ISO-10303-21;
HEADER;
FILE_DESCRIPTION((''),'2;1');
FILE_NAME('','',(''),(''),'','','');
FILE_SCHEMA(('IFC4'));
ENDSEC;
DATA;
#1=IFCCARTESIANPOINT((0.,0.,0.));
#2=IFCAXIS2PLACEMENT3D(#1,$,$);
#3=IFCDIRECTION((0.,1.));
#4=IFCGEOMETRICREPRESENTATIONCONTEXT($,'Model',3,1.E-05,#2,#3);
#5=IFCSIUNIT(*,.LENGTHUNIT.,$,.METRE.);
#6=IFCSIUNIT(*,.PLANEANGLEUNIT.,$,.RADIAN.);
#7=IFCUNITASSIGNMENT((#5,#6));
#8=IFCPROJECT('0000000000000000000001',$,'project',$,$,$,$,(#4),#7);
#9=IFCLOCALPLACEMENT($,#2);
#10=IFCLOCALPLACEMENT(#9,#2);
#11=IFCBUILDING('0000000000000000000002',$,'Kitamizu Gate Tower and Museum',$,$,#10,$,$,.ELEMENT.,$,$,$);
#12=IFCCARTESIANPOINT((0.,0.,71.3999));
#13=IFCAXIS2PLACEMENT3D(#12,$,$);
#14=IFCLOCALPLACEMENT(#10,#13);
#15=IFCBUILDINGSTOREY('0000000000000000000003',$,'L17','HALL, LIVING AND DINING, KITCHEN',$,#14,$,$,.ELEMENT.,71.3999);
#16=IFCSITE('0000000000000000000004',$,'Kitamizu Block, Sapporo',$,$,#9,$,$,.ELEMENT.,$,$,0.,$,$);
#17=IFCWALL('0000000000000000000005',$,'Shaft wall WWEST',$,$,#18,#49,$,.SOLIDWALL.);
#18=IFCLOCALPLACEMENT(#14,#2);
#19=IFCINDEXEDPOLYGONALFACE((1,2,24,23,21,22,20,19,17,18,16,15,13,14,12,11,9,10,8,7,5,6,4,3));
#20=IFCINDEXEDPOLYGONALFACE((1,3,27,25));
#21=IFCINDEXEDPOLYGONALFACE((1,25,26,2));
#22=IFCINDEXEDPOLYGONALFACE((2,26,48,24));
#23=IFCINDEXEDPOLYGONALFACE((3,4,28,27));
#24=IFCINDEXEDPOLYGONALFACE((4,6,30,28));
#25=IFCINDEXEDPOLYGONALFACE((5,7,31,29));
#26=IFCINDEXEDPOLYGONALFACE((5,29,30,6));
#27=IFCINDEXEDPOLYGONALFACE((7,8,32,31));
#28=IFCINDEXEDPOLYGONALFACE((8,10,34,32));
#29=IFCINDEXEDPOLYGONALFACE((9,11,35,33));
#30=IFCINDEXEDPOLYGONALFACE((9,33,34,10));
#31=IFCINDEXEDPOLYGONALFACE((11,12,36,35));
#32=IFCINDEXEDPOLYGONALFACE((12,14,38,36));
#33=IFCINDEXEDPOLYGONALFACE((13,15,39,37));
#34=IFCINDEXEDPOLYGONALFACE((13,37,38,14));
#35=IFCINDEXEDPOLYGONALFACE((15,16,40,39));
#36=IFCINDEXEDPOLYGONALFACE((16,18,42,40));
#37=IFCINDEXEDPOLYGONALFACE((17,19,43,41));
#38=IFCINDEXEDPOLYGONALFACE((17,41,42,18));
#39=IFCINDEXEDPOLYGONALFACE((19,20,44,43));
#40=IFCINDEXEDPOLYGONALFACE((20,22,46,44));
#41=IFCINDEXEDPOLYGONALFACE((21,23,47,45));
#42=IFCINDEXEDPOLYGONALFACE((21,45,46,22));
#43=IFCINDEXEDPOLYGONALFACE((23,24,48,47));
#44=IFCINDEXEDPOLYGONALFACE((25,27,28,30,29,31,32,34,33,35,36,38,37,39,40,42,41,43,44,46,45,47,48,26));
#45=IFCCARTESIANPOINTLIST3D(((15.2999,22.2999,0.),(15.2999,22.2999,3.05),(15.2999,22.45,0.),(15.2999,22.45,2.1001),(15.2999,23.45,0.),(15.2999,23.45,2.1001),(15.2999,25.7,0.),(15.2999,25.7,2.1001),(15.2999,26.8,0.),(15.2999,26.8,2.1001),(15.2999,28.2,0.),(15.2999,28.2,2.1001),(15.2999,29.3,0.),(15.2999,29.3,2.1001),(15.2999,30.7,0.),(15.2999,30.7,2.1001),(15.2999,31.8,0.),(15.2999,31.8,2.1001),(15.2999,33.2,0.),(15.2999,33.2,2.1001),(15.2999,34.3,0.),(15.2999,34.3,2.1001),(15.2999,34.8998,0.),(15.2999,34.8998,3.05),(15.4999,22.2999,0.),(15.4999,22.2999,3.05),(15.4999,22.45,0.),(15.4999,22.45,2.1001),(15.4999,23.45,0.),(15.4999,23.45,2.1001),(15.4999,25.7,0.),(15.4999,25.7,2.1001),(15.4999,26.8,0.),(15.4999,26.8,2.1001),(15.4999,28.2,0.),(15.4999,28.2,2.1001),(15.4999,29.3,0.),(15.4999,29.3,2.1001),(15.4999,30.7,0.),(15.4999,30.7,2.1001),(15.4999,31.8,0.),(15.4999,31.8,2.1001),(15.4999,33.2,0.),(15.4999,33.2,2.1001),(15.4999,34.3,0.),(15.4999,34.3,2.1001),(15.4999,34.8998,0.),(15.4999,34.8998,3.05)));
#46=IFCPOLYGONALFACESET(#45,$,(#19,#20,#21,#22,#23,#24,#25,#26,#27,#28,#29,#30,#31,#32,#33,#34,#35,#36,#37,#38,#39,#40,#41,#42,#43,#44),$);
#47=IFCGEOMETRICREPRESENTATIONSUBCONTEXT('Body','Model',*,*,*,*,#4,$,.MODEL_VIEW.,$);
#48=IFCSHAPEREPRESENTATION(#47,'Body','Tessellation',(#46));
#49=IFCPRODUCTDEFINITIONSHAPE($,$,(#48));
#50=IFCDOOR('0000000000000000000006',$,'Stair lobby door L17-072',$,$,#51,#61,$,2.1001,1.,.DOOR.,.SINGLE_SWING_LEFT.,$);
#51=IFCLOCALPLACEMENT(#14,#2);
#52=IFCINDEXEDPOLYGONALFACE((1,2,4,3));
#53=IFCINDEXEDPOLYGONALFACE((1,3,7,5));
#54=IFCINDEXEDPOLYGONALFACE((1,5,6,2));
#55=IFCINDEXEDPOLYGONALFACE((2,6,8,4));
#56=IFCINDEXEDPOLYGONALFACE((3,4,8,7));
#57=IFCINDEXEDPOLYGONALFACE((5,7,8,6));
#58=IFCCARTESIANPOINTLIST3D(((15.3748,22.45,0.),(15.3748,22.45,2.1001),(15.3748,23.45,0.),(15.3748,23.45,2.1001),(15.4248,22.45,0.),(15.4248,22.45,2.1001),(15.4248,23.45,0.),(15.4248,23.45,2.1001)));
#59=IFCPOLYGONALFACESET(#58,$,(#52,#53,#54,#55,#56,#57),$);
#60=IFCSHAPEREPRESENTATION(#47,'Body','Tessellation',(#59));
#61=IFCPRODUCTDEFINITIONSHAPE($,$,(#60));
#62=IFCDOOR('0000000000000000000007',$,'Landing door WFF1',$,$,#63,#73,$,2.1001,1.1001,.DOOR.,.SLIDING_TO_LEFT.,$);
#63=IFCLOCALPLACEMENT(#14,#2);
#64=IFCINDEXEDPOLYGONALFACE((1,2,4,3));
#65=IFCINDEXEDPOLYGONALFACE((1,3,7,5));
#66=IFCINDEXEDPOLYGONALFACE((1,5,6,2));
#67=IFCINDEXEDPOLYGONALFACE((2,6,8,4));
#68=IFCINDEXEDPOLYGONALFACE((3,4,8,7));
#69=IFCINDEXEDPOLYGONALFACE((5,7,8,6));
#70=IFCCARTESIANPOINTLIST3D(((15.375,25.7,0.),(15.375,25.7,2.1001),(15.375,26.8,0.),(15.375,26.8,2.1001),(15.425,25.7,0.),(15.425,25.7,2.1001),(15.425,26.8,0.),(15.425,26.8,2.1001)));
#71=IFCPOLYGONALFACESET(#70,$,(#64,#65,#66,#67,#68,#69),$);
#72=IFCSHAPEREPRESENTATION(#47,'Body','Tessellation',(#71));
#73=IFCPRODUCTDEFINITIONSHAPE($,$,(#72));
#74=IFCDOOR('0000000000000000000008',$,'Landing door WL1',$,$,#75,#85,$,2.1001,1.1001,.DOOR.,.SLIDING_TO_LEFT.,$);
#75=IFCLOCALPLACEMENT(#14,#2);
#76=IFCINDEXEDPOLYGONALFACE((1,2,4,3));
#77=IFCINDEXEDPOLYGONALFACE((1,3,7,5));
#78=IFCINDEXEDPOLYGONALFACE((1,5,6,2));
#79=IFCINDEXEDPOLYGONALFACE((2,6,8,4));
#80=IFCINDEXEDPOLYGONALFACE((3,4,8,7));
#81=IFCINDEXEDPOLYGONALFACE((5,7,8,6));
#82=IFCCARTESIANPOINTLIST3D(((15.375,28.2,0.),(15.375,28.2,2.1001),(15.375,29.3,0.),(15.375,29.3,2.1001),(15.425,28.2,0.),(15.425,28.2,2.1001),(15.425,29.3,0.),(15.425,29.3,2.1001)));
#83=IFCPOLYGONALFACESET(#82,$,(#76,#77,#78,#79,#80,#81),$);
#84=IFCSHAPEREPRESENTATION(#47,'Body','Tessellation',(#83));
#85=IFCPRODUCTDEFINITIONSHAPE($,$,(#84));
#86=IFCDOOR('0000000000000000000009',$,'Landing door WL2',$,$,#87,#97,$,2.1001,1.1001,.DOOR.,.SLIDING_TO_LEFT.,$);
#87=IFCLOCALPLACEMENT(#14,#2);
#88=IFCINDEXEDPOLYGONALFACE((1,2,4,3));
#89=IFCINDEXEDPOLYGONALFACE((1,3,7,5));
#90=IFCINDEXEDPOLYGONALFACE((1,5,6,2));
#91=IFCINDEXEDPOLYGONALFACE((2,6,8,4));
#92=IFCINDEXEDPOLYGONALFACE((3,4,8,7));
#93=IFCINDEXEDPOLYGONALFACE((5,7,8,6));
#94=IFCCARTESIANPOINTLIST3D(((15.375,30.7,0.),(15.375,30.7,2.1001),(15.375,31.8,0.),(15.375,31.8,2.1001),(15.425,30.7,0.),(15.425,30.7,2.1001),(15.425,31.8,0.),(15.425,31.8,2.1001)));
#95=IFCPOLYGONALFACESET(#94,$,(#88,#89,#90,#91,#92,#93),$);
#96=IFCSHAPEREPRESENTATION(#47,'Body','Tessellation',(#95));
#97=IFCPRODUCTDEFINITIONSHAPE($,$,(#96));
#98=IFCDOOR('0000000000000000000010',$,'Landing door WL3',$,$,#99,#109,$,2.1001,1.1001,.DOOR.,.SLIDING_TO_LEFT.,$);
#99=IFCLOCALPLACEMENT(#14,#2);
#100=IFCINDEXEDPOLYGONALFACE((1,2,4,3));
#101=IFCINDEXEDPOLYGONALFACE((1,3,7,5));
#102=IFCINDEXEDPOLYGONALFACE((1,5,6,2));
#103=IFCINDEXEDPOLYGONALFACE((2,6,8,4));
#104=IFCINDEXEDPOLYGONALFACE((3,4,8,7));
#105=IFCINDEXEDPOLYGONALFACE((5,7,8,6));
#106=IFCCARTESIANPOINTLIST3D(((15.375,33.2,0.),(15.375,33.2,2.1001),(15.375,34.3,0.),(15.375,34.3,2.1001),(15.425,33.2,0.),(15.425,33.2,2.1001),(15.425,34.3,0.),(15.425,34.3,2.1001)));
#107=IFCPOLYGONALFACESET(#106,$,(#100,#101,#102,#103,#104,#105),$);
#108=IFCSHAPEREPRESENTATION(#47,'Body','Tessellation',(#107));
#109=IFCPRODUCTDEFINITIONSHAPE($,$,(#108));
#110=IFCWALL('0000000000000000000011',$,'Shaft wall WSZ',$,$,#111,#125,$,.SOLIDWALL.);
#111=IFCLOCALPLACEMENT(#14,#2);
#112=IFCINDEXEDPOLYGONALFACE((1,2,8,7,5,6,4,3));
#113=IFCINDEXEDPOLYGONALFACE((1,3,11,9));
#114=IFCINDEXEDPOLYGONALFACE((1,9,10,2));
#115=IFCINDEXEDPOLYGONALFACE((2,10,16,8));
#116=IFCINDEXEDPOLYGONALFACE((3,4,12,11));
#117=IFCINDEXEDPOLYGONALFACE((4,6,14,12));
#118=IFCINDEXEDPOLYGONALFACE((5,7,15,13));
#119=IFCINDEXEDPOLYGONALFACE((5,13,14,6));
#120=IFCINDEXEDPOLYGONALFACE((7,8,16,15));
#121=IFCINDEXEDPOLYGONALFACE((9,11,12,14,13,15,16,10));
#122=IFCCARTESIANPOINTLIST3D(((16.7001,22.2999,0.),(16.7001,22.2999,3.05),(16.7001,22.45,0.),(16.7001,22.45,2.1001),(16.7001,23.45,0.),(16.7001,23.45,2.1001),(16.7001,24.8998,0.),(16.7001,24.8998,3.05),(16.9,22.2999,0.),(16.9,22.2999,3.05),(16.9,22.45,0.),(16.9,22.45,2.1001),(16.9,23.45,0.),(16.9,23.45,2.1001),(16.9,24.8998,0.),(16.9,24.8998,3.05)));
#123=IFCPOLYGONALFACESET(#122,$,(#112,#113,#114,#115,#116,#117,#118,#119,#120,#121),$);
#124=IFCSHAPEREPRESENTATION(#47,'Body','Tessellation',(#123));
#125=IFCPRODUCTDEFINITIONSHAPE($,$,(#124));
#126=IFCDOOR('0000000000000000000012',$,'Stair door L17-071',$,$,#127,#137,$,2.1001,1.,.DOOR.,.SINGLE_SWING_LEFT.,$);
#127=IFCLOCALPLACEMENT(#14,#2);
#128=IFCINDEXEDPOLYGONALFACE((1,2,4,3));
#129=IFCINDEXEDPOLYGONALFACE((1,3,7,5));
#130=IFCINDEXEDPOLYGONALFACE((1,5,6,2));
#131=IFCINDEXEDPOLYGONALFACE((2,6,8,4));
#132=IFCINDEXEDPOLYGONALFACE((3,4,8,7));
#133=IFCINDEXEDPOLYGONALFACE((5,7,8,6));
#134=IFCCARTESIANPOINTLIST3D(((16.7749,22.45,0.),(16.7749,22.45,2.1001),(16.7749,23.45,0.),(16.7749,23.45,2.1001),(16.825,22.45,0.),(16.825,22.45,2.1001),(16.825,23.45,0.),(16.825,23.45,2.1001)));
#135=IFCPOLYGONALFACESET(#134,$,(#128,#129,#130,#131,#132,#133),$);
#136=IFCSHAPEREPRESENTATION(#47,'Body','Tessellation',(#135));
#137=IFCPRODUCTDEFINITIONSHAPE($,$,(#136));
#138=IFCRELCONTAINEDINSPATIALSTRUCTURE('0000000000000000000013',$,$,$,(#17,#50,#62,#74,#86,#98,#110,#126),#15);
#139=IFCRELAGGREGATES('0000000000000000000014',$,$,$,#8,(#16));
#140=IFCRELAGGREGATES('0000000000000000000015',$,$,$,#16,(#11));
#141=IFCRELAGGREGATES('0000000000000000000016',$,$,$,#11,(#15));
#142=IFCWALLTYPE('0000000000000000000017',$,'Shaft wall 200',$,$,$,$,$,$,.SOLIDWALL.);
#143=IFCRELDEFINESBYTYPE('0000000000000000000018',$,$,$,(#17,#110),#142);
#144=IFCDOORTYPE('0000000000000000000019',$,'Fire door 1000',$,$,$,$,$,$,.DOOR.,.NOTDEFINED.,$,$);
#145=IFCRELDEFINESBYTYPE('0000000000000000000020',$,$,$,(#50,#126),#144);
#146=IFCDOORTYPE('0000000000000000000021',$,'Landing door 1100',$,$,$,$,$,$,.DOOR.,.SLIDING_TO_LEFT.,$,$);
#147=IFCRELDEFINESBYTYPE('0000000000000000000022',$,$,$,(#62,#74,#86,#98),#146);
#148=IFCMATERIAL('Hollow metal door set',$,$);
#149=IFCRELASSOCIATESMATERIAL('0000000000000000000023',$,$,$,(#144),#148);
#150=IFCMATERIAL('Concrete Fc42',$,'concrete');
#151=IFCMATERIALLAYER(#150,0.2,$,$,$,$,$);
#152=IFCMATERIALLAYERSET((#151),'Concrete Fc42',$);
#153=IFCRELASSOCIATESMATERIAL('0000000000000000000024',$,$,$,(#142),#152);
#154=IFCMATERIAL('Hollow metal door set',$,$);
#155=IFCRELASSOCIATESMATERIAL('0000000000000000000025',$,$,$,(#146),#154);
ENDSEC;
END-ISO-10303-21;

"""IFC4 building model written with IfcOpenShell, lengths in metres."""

from ifc_helpers import new_model, si_unit, direction, frame, frame_2d, origin, place, context, subcontext, project, spatial, rectangle, extrude, material, layer, layer_set, type_object, element, fill, save


model = new_model("IFC4")

# Units and contexts
model_context = context("Model", 3, precision=1e-05, world=origin(), true_north=direction((0.0, 1.0)))
body_context = subcontext(model_context, "Body", "Model", "MODEL_VIEW")
ifc_project = project(units=[si_unit("LENGTHUNIT", "METRE"), si_unit("PLANEANGLEUNIT", "RADIAN")], contexts=[model_context])

# Site, building, storey
site_placement = place(None, origin())
site = spatial("IfcSite", under=ifc_project, at=site_placement, Name="Kitamizu Block, Sapporo", CompositionType="ELEMENT", RefElevation=0.0)
building_placement = place(site_placement, origin())
building = spatial("IfcBuilding", under=site, at=building_placement, Name="Kitamizu Gate Tower and Museum", CompositionType="ELEMENT")
storey_placement = place(building_placement, frame((0.0, 0.0, 71.3999)))
storey = spatial("IfcBuildingStorey", under=building, at=storey_placement, Name="L17", Description="HALL, LIVING AND DINING, KITCHEN", CompositionType="ELEMENT", Elevation=71.3999)

# Shared definitions
ifc_material_1 = material(Name="Hollow metal door set")
door_type_1 = type_object("IfcDoorType", Name="Fire door 1000", OperationType="NOTDEFINED", PredefinedType="DOOR", material=ifc_material_1)

# Wall, openings, doors
ifc_material_2 = material(Name="Concrete Fc42", Category="concrete")
ifc_layer_1 = layer(ifc_material_2, 0.2)
ifc_layer_set_1 = layer_set([ifc_layer_1], Name="Concrete Fc42")
wall_type_1 = type_object("IfcWallType", Name="Shaft wall 200", PredefinedType="SOLIDWALL", material=ifc_layer_set_1)
wall_1_placement = place(storey_placement, frame((15.3999, 22.3, 0.0), z_axis=(0.0, 0.0, 1.0), x_axis=(0.0, 1.0, 0.0)))
wall_1 = element("IfcWall", 1, at=wall_1_placement, inside=storey, type_object=wall_type_1, Name="Shaft wall WWEST", PredefinedType="SOLIDWALL", context=body_context, shape_type="SweptSolid", body=[
    extrude(rectangle(XDim=12.5999, YDim=0.2, at=frame_2d((6.2998, 0.0))), origin(), (0.0, 0.0, 1.0), 3.05),
])
opening_1_placement = place(wall_1_placement, frame((3.3999, 0.0, 0.0)))
opening_1 = element("IfcOpeningElement", 2, at=opening_1_placement, cuts=wall_1, PredefinedType="OPENING", context=body_context, shape_type="SweptSolid", body=[
    extrude(rectangle(XDim=1.1001, YDim=2.1001, at=frame_2d((0.55, 1.05))), frame((0.0, 0.1099, 0.0), z_axis=(0.0, -1.0, 0.0), x_axis=(1.0, 0.0, 0.0)), (0.0, 0.0, 1.0), 0.22),
])
opening_2_placement = place(wall_1_placement, frame((5.8999, 0.0, 0.0)))
opening_2 = element("IfcOpeningElement", 3, at=opening_2_placement, cuts=wall_1, PredefinedType="OPENING", context=body_context, shape_type="SweptSolid", body=[
    extrude(rectangle(XDim=1.1001, YDim=2.1001, at=frame_2d((0.55, 1.05))), frame((0.0, 0.1099, 0.0), z_axis=(0.0, -1.0, 0.0), x_axis=(1.0, 0.0, 0.0)), (0.0, 0.0, 1.0), 0.22),
])
opening_3_placement = place(wall_1_placement, frame((8.3999, 0.0, 0.0)))
opening_3 = element("IfcOpeningElement", 4, at=opening_3_placement, cuts=wall_1, PredefinedType="OPENING", context=body_context, shape_type="SweptSolid", body=[
    extrude(rectangle(XDim=1.1001, YDim=2.1001, at=frame_2d((0.55, 1.05))), frame((0.0, 0.1099, 0.0), z_axis=(0.0, -1.0, 0.0), x_axis=(1.0, 0.0, 0.0)), (0.0, 0.0, 1.0), 0.22),
])
opening_4_placement = place(wall_1_placement, frame((10.8999, 0.0, 0.0)))
opening_4 = element("IfcOpeningElement", 5, at=opening_4_placement, cuts=wall_1, PredefinedType="OPENING", context=body_context, shape_type="SweptSolid", body=[
    extrude(rectangle(XDim=1.1001, YDim=2.1001, at=frame_2d((0.55, 1.05))), frame((0.0, 0.1099, 0.0), z_axis=(0.0, -1.0, 0.0), x_axis=(1.0, 0.0, 0.0)), (0.0, 0.0, 1.0), 0.22),
])
opening_5_placement = place(wall_1_placement, frame((0.1499, 0.0, 0.0)))
opening_5 = element("IfcOpeningElement", 6, at=opening_5_placement, cuts=wall_1, PredefinedType="OPENING", context=body_context, shape_type="SweptSolid", body=[
    extrude(rectangle(XDim=1.0, YDim=2.1001, at=frame_2d((0.5, 1.05))), frame((0.0, 0.1099, 0.0), z_axis=(0.0, -1.0, 0.0), x_axis=(1.0, 0.0, 0.0)), (0.0, 0.0, 1.0), 0.22),
])
door_1_placement = place(opening_5_placement, frame((1.0, 0.0, 0.0), x_axis=(-1.0, 0.0, 0.0)))
door_1 = element("IfcDoor", 7, at=door_1_placement, inside=storey, type_object=door_type_1, Name="Stair lobby door L17-072", OperationType="SINGLE_SWING_LEFT", OverallHeight=2.1001, OverallWidth=1.0, PredefinedType="DOOR", context=body_context, shape_type="SweptSolid", body=[
    extrude(rectangle(XDim=1.0, YDim=2.1001, at=frame_2d((0.5, 1.05))), frame((0.0, 0.0249, 0.0), z_axis=(0.0, -1.0, 0.0), x_axis=(1.0, 0.0, 0.0)), (0.0, 0.0, 1.0), 0.05),
])
fill(opening_5, door_1)
ifc_material_3 = material(Name="Hollow metal door set")
door_type_2 = type_object("IfcDoorType", Name="Landing door 1100", OperationType="SLIDING_TO_LEFT", PredefinedType="DOOR", material=ifc_material_3)
door_2_placement = place(opening_1_placement, origin())
door_2 = element("IfcDoor", 8, at=door_2_placement, inside=storey, type_object=door_type_2, Name="Landing door WFF1", OperationType="SLIDING_TO_LEFT", OverallHeight=2.1001, OverallWidth=1.1001, PredefinedType="DOOR", context=body_context, shape_type="SweptSolid", body=[
    extrude(rectangle(XDim=1.1001, YDim=2.1001, at=frame_2d((0.55, 1.05))), frame((0.0, 0.0249, 0.0), z_axis=(0.0, -1.0, 0.0), x_axis=(1.0, 0.0, 0.0)), (0.0, 0.0, 1.0), 0.05),
])
fill(opening_1, door_2)
door_3_placement = place(opening_2_placement, origin())
door_3 = element("IfcDoor", 9, at=door_3_placement, inside=storey, type_object=door_type_2, Name="Landing door WL1", OperationType="SLIDING_TO_LEFT", OverallHeight=2.1001, OverallWidth=1.1001, PredefinedType="DOOR", context=body_context, shape_type="SweptSolid", body=[
    extrude(rectangle(XDim=1.1001, YDim=2.1001, at=frame_2d((0.55, 1.05))), frame((0.0, 0.0249, 0.0), z_axis=(0.0, -1.0, 0.0), x_axis=(1.0, 0.0, 0.0)), (0.0, 0.0, 1.0), 0.05),
])
fill(opening_2, door_3)
door_4_placement = place(opening_3_placement, origin())
door_4 = element("IfcDoor", 10, at=door_4_placement, inside=storey, type_object=door_type_2, Name="Landing door WL2", OperationType="SLIDING_TO_LEFT", OverallHeight=2.1001, OverallWidth=1.1001, PredefinedType="DOOR", context=body_context, shape_type="SweptSolid", body=[
    extrude(rectangle(XDim=1.1001, YDim=2.1001, at=frame_2d((0.55, 1.05))), frame((0.0, 0.0249, 0.0), z_axis=(0.0, -1.0, 0.0), x_axis=(1.0, 0.0, 0.0)), (0.0, 0.0, 1.0), 0.05),
])
fill(opening_3, door_4)
door_5_placement = place(opening_4_placement, origin())
door_5 = element("IfcDoor", 11, at=door_5_placement, inside=storey, type_object=door_type_2, Name="Landing door WL3", OperationType="SLIDING_TO_LEFT", OverallHeight=2.1001, OverallWidth=1.1001, PredefinedType="DOOR", context=body_context, shape_type="SweptSolid", body=[
    extrude(rectangle(XDim=1.1001, YDim=2.1001, at=frame_2d((0.55, 1.05))), frame((0.0, 0.0249, 0.0), z_axis=(0.0, -1.0, 0.0), x_axis=(1.0, 0.0, 0.0)), (0.0, 0.0, 1.0), 0.05),
])
fill(opening_4, door_5)

# Wall, opening, door
wall_2_placement = place(storey_placement, frame((16.8, 22.3, 0.0), z_axis=(0.0, 0.0, 1.0), x_axis=(0.0, 1.0, 0.0)))
wall_2 = element("IfcWall", 12, at=wall_2_placement, inside=storey, type_object=wall_type_1, Name="Shaft wall WSZ", PredefinedType="SOLIDWALL", context=body_context, shape_type="SweptSolid", body=[
    extrude(rectangle(XDim=2.5999, YDim=0.2, at=frame_2d((1.2998, 0.0))), origin(), (0.0, 0.0, 1.0), 3.05),
])
opening_6_placement = place(wall_2_placement, frame((0.1499, 0.0, 0.0)))
opening_6 = element("IfcOpeningElement", 13, at=opening_6_placement, cuts=wall_2, PredefinedType="OPENING", context=body_context, shape_type="SweptSolid", body=[
    extrude(rectangle(XDim=1.0, YDim=2.1001, at=frame_2d((0.5, 1.05))), frame((0.0, 0.1099, 0.0), z_axis=(0.0, -1.0, 0.0), x_axis=(1.0, 0.0, 0.0)), (0.0, 0.0, 1.0), 0.22),
])
door_6_placement = place(opening_6_placement, frame((1.0, 0.0, 0.0), x_axis=(-1.0, 0.0, 0.0)))
door_6 = element("IfcDoor", 14, at=door_6_placement, inside=storey, type_object=door_type_1, Name="Stair door L17-071", OperationType="SINGLE_SWING_LEFT", OverallHeight=2.1001, OverallWidth=1.0, PredefinedType="DOOR", context=body_context, shape_type="SweptSolid", body=[
    extrude(rectangle(XDim=1.0, YDim=2.1001, at=frame_2d((0.5, 1.05))), frame((0.0, 0.0249, 0.0), z_axis=(0.0, -1.0, 0.0), x_axis=(1.0, 0.0, 0.0)), (0.0, 0.0, 1.0), 0.05),
])
fill(opening_6, door_6)

save(model, "model.ifc")
